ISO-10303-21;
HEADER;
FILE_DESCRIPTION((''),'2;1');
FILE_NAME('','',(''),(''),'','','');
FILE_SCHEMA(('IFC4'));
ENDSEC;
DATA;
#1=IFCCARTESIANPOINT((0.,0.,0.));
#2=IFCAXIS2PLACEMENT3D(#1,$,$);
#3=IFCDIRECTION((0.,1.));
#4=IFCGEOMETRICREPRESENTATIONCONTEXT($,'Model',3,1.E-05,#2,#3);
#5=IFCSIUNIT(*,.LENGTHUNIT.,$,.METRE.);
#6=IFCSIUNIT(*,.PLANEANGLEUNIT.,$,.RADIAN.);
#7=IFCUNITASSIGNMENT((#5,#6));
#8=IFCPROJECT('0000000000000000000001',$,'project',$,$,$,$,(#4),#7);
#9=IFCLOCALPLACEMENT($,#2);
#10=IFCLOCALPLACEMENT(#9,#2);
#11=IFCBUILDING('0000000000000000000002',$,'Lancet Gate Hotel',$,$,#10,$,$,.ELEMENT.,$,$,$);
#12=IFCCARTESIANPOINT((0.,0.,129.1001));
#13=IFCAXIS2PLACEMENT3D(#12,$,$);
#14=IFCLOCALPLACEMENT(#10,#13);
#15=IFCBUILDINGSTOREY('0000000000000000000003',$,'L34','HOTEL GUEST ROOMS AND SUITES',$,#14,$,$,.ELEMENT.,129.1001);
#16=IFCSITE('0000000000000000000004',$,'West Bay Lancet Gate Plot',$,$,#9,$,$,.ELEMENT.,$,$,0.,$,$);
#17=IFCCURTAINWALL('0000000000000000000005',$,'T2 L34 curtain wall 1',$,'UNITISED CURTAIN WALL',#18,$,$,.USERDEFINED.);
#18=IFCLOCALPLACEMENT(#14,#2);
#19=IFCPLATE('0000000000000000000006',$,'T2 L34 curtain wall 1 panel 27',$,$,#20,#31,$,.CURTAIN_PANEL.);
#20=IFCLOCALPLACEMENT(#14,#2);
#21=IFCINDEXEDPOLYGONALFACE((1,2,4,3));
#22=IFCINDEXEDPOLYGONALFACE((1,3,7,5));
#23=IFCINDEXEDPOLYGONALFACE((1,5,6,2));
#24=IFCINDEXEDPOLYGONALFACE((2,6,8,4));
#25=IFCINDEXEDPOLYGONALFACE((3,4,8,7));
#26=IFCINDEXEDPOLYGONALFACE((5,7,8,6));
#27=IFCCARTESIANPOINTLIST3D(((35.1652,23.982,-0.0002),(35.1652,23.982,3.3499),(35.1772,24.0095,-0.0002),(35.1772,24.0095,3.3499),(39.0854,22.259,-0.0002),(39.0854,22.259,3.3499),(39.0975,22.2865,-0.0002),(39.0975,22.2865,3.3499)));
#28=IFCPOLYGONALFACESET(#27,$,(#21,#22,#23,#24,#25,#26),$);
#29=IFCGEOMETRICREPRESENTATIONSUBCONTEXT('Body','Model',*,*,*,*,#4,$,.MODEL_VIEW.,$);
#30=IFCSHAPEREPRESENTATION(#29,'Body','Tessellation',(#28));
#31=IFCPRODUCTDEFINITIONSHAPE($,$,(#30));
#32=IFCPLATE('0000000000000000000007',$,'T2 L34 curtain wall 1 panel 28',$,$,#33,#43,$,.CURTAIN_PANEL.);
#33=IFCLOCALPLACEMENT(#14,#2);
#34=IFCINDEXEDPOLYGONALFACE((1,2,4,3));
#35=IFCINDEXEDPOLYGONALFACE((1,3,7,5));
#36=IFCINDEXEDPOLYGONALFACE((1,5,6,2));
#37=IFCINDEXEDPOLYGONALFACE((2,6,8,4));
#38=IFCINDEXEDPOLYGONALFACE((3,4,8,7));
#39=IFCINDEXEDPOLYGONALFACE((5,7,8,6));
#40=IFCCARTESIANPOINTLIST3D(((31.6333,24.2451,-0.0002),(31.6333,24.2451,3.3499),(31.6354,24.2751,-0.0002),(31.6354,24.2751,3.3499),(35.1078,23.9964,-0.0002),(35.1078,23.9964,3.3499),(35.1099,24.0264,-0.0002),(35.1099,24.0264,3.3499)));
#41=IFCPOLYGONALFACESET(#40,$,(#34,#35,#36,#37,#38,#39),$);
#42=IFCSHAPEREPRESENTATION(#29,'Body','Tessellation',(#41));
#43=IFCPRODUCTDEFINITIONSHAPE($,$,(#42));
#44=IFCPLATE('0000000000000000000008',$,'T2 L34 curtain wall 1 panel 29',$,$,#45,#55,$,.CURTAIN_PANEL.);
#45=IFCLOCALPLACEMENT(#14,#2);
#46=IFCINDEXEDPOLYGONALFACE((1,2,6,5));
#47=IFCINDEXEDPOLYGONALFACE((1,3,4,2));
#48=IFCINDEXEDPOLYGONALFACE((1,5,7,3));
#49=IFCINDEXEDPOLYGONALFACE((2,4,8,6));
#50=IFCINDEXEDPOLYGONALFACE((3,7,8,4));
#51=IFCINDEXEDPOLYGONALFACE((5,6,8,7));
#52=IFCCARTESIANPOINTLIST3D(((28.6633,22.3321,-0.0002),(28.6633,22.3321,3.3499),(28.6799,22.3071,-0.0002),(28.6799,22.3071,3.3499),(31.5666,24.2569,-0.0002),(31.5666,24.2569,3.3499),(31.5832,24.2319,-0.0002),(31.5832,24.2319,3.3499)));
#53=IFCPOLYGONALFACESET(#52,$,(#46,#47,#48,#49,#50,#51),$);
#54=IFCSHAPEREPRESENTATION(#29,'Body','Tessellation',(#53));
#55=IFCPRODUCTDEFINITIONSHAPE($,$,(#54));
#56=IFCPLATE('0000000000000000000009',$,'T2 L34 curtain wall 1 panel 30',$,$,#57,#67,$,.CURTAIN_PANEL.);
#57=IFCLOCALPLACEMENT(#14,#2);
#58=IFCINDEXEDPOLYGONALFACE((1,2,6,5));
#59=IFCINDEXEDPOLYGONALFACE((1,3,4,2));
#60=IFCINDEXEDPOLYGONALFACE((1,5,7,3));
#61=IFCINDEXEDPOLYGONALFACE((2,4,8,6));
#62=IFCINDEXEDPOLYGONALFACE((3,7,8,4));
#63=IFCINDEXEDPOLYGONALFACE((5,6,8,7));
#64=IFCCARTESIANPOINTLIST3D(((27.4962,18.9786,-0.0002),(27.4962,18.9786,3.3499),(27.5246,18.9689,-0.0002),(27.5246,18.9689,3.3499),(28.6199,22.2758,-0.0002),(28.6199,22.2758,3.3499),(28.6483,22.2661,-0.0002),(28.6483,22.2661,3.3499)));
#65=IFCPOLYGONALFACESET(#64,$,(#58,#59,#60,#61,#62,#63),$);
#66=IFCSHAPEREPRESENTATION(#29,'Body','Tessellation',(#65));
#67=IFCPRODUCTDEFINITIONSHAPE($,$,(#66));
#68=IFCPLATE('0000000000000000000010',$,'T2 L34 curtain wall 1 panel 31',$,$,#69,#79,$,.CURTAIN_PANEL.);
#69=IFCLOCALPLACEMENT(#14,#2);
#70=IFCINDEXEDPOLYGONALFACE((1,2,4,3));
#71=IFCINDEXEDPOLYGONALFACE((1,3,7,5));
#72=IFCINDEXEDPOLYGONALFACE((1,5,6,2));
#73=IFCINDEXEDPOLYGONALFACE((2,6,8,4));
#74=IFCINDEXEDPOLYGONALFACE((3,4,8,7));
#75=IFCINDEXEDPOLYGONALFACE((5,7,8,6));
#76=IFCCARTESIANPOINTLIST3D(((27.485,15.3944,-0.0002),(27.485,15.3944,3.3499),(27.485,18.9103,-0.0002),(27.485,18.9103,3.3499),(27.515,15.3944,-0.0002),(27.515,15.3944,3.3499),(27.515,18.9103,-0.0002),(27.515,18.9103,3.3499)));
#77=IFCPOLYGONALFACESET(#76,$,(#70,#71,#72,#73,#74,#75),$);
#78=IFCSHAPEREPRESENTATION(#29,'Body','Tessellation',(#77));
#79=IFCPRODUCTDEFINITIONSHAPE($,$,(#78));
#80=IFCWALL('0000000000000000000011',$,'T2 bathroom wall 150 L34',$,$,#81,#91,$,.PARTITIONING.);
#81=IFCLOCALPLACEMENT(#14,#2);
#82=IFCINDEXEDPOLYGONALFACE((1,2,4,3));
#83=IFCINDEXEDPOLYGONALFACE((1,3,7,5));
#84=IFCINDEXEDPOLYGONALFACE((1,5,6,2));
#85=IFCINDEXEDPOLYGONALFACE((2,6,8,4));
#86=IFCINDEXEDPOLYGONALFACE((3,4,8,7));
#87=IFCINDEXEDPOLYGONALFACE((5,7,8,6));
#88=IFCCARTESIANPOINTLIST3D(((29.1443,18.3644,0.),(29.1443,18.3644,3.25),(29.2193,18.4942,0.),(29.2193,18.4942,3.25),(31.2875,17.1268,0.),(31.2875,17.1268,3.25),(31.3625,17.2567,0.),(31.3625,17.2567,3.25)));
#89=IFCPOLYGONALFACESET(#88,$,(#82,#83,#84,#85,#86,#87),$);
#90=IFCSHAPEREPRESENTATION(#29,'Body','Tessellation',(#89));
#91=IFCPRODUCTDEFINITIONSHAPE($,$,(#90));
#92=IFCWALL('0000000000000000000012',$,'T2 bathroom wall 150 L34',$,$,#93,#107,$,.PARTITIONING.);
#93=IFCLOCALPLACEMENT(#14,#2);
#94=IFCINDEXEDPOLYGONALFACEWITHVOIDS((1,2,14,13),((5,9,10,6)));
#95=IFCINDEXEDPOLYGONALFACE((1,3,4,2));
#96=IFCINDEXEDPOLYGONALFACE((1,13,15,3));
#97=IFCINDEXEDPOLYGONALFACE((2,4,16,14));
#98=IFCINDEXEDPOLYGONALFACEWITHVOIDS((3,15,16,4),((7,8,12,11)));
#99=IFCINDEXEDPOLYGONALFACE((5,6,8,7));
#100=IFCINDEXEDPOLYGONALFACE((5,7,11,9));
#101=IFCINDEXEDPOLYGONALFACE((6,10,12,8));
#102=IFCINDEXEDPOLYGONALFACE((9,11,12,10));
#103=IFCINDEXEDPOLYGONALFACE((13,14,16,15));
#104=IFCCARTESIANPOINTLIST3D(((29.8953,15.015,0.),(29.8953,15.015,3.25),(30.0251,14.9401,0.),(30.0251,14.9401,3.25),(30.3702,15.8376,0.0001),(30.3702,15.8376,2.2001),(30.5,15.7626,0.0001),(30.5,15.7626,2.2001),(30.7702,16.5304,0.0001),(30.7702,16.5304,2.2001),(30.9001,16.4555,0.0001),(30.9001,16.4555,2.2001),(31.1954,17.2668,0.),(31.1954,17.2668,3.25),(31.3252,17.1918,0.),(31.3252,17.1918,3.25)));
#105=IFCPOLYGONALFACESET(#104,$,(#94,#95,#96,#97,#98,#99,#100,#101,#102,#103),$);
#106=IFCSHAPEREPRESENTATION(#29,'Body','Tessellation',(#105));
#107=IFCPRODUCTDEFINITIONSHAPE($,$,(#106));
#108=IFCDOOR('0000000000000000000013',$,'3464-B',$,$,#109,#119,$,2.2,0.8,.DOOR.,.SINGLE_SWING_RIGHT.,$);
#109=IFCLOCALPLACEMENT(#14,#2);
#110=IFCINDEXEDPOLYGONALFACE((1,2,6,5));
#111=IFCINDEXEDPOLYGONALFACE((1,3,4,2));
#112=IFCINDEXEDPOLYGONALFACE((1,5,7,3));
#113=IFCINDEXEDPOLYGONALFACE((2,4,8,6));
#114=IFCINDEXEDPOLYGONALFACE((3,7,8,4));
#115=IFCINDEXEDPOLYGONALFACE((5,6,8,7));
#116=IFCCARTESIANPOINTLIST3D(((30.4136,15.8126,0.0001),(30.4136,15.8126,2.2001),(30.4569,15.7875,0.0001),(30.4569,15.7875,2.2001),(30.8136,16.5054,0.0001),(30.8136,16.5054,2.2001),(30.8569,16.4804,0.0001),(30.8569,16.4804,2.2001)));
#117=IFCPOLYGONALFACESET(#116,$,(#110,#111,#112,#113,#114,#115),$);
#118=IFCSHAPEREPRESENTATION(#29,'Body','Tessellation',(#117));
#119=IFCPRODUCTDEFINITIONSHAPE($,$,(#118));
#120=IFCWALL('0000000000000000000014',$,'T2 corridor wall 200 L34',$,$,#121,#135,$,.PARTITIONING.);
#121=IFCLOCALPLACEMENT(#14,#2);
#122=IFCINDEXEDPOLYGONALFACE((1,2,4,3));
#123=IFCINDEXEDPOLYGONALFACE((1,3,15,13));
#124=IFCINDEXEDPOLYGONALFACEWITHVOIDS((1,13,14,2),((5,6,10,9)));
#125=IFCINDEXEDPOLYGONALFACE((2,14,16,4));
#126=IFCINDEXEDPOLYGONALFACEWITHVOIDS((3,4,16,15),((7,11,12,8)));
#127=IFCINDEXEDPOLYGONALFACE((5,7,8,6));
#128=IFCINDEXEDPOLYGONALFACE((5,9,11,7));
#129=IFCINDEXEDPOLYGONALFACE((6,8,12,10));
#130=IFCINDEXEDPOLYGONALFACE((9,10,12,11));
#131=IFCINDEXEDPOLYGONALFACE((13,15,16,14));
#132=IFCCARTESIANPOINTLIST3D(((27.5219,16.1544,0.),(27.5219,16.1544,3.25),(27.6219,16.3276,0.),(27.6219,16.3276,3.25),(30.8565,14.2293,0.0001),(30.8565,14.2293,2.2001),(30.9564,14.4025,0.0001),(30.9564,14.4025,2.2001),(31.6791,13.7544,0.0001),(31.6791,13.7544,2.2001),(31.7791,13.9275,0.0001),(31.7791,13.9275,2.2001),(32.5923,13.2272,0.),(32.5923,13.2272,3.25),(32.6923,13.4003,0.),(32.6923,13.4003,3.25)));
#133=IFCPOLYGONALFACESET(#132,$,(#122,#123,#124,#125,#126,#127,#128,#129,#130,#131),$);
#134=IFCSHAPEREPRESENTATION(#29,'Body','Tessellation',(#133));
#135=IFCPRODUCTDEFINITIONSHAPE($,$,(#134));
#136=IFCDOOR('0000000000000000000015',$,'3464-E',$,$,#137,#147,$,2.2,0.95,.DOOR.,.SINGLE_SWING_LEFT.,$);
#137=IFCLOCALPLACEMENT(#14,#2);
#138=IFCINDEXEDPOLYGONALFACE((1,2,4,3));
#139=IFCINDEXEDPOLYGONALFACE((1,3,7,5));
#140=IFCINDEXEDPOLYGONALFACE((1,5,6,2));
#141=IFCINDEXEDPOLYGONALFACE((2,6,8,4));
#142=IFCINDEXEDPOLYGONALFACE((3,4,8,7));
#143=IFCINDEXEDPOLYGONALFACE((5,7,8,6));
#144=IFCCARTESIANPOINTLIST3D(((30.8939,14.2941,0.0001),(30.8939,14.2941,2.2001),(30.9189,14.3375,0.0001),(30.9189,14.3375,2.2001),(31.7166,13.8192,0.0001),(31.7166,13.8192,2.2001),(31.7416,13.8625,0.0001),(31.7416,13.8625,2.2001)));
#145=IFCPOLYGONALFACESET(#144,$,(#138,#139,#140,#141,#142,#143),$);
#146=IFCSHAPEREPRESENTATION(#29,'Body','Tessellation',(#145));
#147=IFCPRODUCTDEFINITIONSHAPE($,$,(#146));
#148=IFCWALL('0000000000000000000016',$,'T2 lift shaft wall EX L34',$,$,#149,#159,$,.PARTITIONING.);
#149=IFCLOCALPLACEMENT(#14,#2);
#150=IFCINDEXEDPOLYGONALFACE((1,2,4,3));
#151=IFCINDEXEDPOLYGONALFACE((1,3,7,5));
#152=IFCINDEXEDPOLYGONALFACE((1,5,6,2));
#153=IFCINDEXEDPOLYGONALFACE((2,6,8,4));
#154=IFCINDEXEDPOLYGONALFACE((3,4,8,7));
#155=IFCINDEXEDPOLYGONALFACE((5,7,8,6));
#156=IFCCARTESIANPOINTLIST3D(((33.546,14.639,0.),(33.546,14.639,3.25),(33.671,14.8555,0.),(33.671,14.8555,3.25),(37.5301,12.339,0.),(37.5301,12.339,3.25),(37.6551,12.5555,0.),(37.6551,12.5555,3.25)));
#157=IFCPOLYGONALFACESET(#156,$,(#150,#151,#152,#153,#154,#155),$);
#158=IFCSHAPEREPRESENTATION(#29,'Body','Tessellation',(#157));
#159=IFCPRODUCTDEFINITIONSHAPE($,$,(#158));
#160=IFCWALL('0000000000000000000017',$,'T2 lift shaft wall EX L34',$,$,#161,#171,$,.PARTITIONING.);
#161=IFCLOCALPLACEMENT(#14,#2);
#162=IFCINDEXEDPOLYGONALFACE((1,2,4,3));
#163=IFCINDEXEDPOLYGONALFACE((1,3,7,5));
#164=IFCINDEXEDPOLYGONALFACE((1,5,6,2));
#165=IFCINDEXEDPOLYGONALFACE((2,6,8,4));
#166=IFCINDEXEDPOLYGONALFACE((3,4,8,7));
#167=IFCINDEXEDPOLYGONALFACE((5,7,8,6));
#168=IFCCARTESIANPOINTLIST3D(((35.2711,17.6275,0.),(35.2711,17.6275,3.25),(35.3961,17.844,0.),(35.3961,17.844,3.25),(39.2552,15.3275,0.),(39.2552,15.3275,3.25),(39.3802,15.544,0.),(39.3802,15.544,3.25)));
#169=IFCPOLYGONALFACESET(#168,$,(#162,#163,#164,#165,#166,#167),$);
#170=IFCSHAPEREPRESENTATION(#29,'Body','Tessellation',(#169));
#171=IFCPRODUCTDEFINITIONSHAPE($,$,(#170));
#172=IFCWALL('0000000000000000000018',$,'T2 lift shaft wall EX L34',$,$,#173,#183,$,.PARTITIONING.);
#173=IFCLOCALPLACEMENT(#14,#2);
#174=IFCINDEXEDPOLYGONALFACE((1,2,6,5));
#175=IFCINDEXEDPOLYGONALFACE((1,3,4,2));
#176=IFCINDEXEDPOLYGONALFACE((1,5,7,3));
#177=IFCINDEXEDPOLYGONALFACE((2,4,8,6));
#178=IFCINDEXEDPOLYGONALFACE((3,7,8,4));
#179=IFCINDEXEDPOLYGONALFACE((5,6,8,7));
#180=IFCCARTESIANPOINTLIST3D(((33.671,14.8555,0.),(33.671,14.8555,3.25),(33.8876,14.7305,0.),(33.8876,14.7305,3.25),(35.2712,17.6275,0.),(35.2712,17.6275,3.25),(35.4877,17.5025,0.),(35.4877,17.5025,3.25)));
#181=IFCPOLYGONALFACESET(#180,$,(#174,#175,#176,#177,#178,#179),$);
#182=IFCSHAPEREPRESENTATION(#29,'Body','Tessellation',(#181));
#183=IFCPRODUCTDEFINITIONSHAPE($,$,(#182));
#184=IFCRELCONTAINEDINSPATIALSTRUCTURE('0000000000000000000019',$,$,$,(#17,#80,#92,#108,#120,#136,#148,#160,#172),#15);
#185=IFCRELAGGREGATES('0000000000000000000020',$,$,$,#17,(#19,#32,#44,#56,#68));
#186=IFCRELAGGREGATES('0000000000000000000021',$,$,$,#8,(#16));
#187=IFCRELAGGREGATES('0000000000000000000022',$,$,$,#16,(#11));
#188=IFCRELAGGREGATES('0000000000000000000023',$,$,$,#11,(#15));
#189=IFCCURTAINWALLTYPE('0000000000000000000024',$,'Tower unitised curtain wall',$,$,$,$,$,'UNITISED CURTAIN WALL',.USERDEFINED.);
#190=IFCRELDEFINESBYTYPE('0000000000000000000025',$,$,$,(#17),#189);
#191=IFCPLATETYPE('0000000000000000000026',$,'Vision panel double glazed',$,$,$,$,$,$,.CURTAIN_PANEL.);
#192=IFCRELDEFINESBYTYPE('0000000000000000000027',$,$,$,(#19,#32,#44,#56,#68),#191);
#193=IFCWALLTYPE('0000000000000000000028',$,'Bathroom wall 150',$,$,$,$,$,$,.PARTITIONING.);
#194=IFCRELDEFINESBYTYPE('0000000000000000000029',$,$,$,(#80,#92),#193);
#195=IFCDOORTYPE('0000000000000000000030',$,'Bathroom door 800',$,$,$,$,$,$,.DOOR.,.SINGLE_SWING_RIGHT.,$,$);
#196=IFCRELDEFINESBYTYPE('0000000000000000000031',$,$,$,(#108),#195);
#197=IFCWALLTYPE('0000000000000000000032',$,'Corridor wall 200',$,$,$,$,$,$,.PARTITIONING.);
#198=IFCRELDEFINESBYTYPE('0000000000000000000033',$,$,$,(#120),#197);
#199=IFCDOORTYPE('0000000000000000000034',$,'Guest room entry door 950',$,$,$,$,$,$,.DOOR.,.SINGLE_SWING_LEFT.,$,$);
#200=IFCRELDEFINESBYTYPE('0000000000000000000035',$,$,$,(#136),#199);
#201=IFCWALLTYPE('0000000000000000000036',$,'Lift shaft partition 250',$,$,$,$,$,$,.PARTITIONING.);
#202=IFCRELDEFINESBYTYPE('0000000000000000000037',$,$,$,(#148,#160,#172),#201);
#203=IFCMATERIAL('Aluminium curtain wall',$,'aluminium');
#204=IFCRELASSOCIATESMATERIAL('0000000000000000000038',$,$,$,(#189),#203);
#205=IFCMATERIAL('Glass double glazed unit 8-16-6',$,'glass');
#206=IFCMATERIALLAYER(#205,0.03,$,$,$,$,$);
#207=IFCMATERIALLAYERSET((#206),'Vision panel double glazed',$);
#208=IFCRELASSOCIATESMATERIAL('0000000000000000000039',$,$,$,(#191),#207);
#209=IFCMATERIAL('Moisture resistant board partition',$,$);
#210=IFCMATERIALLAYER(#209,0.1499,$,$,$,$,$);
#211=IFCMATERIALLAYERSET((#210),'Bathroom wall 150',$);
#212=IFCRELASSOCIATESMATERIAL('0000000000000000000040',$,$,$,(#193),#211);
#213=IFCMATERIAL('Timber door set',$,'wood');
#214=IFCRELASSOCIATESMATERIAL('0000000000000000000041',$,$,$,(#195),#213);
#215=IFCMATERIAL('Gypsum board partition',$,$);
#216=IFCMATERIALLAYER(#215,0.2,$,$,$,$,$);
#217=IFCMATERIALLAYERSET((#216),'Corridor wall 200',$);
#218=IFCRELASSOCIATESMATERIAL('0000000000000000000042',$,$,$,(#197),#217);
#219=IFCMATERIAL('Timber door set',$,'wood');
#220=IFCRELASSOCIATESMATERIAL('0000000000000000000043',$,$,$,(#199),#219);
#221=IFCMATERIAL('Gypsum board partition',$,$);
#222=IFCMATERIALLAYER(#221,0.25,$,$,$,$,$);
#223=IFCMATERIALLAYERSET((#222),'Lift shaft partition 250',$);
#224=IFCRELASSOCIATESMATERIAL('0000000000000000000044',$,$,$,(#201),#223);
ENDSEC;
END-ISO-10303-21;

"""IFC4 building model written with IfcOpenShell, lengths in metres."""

from ifc_helpers import new_model, si_unit, direction, frame, frame_2d, origin, origin_2d, place, context, subcontext, project, spatial, rectangle, extrude, material, layer, layer_set, type_object, element, fill, aggregate, save


model = new_model("IFC4")

# Units and contexts
model_context = context("Model", 3, precision=1e-05, world=origin(), true_north=direction((0.0, 1.0)))
body_context = subcontext(model_context, "Body", "Model", "MODEL_VIEW")
ifc_project = project(units=[si_unit("LENGTHUNIT", "METRE"), si_unit("PLANEANGLEUNIT", "RADIAN")], contexts=[model_context])

# Site, building, storey
site_placement = place(None, origin())
site = spatial("IfcSite", under=ifc_project, at=site_placement, Name="West Bay Lancet Gate Plot", CompositionType="ELEMENT", RefElevation=0.0)
building_placement = place(site_placement, origin())
building = spatial("IfcBuilding", under=site, at=building_placement, Name="Lancet Gate Hotel", CompositionType="ELEMENT")
storey_placement = place(building_placement, frame((0.0, 0.0, 129.1001)))
storey = spatial("IfcBuildingStorey", under=building, at=storey_placement, Name="L34", Description="HOTEL GUEST ROOMS AND SUITES", CompositionType="ELEMENT", Elevation=129.1001)

# Curtain wall
ifc_material_1 = material(Name="Aluminium curtain wall", Category="aluminium")
curtain_wall_type = type_object("IfcCurtainWallType", Name="Tower unitised curtain wall", ElementType="UNITISED CURTAIN WALL", PredefinedType="USERDEFINED", material=ifc_material_1)
curtain_wall_placement = place(storey_placement, origin())
curtain_wall = element("IfcCurtainWall", 1, at=curtain_wall_placement, inside=storey, type_object=curtain_wall_type, Name="T2 L34 curtain wall 1", ObjectType="UNITISED CURTAIN WALL", PredefinedType="USERDEFINED")

# Plates
ifc_material_2 = material(Name="Glass double glazed unit 8-16-6", Category="glass")
ifc_layer_1 = layer(ifc_material_2, 0.03)
ifc_layer_set_1 = layer_set([ifc_layer_1], Name="Vision panel double glazed")
plate_type = type_object("IfcPlateType", Name="Vision panel double glazed", PredefinedType="CURTAIN_PANEL", material=ifc_layer_set_1)
plate_1_placement = place(storey_placement, frame((37.1313, 23.1343, -0.0002), z_axis=(0.0, 0.0, 1.0), x_axis=(-0.915479, 0.402367, 0.0)))
plate_1 = element("IfcPlate", 2, at=plate_1_placement, type_object=plate_type, Name="T2 L34 curtain wall 1 panel 27", PredefinedType="CURTAIN_PANEL", context=body_context, shape_type="SweptSolid", body=[
    extrude(rectangle(XDim=4.2822, YDim=0.03, at=origin_2d()), origin(), (0.0, 0.0, 1.0), 3.3501),
])
plate_2_placement = place(storey_placement, frame((33.3716, 24.1357, -0.0002), z_axis=(0.0, 0.0, 1.0), x_axis=(-0.997448, 0.07139, 0.0)))
plate_2 = element("IfcPlate", 3, at=plate_2_placement, type_object=plate_type, Name="T2 L34 curtain wall 1 panel 28", PredefinedType="CURTAIN_PANEL", context=body_context, shape_type="SweptSolid", body=[
    extrude(rectangle(XDim=3.4834, YDim=0.03, at=origin_2d()), origin(), (0.0, 0.0, 1.0), 3.3501),
])
plate_3_placement = place(storey_placement, frame((30.1233, 23.282, -0.0002), z_axis=(0.0, 0.0, 1.0), x_axis=(-0.833465, -0.552573, 0.0)))
plate_3 = element("IfcPlate", 4, at=plate_3_placement, type_object=plate_type, Name="T2 L34 curtain wall 1 panel 29", PredefinedType="CURTAIN_PANEL", context=body_context, shape_type="SweptSolid", body=[
    extrude(rectangle(XDim=3.4834, YDim=0.03, at=origin_2d()), origin(), (0.0, 0.0, 1.0), 3.3501),
])
plate_4_placement = place(storey_placement, frame((28.0723, 20.6223, -0.0002), z_axis=(0.0, 0.0, 1.0), x_axis=(-0.322576, -0.946544, 0.0)))
plate_4 = element("IfcPlate", 5, at=plate_4_placement, type_object=plate_type, Name="T2 L34 curtain wall 1 panel 30", PredefinedType="CURTAIN_PANEL", context=body_context, shape_type="SweptSolid", body=[
    extrude(rectangle(XDim=3.4834, YDim=0.03, at=origin_2d()), origin(), (0.0, 0.0, 1.0), 3.3501),
])
plate_5_placement = place(storey_placement, frame((27.5, 17.1523, -0.0002), z_axis=(0.0, 0.0, 1.0), x_axis=(0.0, -1.0, 0.0)))
plate_5 = element("IfcPlate", 6, at=plate_5_placement, type_object=plate_type, Name="T2 L34 curtain wall 1 panel 31", PredefinedType="CURTAIN_PANEL", context=body_context, shape_type="SweptSolid", body=[
    extrude(rectangle(XDim=3.5159, YDim=0.03, at=origin_2d()), origin(), (0.0, 0.0, 1.0), 3.3501),
])
aggregate(curtain_wall, [plate_1, plate_2, plate_3, plate_4, plate_5])

# Wall
ifc_material_3 = material(Name="Moisture resistant board partition")
ifc_layer_2 = layer(ifc_material_3, 0.1499)
ifc_layer_set_2 = layer_set([ifc_layer_2], Name="Bathroom wall 150")
wall_type_1 = type_object("IfcWallType", Name="Bathroom wall 150", PredefinedType="PARTITIONING", material=ifc_layer_set_2)
wall_1_placement = place(storey_placement, frame((29.1819, 18.4292, 0.0), z_axis=(0.0, 0.0, 1.0), x_axis=(0.866007, -0.500033, 0.0)))
element("IfcWall", 7, at=wall_1_placement, inside=storey, type_object=wall_type_1, Name="T2 bathroom wall 150 L34", PredefinedType="PARTITIONING", context=body_context, shape_type="SweptSolid", body=[
    extrude(rectangle(XDim=2.4749, YDim=0.1499, at=frame_2d((1.2373, 0.0))), origin(), (0.0, 0.0, 1.0), 3.25),
])

# Walls, openings, doors
wall_2_placement = place(storey_placement, frame((29.9602, 14.9775, 0.0), z_axis=(0.0, 0.0, 1.0), x_axis=(0.500007, 0.866021, 0.0)))
wall_2 = element("IfcWall", 8, at=wall_2_placement, inside=storey, type_object=wall_type_1, Name="T2 bathroom wall 150 L34", PredefinedType="PARTITIONING", context=body_context, shape_type="SweptSolid", body=[
    extrude(rectangle(XDim=2.6001, YDim=0.1499, at=frame_2d((1.3, 0.0))), origin(), (0.0, 0.0, 1.0), 3.25),
])
opening_1_placement = place(wall_2_placement, frame((0.95, 0.0, 0.0)))
opening_1 = element("IfcOpeningElement", 9, at=opening_1_placement, cuts=wall_2, PredefinedType="OPENING", context=body_context, shape_type="SweptSolid", body=[
    extrude(rectangle(XDim=0.8, YDim=2.2, at=frame_2d((0.3999, 1.1001))), frame((0.0, 0.085, 0.0), z_axis=(0.0, -1.0, 0.0), x_axis=(1.0, 0.0, 0.0)), (0.0, 0.0, 1.0), 0.1699),
])
ifc_material_4 = material(Name="Timber door set", Category="wood")
door_type_1 = type_object("IfcDoorType", Name="Bathroom door 800", OperationType="SINGLE_SWING_RIGHT", PredefinedType="DOOR", material=ifc_material_4)
door_1_placement = place(opening_1_placement, origin())
door_1 = element("IfcDoor", 10, at=door_1_placement, inside=storey, type_object=door_type_1, Name="3464-B", OperationType="SINGLE_SWING_RIGHT", OverallHeight=2.2, OverallWidth=0.8, PredefinedType="DOOR", context=body_context, shape_type="SweptSolid", body=[
    extrude(rectangle(XDim=0.8, YDim=2.2, at=frame_2d((0.3999, 1.1001))), frame((0.0, 0.0249, 0.0), z_axis=(0.0, -1.0, 0.0), x_axis=(1.0, 0.0, 0.0)), (0.0, 0.0, 1.0), 0.05),
])
fill(opening_1, door_1)
ifc_material_5 = material(Name="Gypsum board partition")
ifc_layer_3 = layer(ifc_material_5, 0.2)
ifc_layer_set_3 = layer_set([ifc_layer_3], Name="Corridor wall 200")
wall_type_2 = type_object("IfcWallType", Name="Corridor wall 200", PredefinedType="PARTITIONING", material=ifc_layer_set_3)
wall_3_placement = place(storey_placement, frame((27.572, 16.241, 0.0), z_axis=(0.0, 0.0, 1.0), x_axis=(0.866033, -0.499987, 0.0)))
wall_3 = element("IfcWall", 11, at=wall_3_placement, inside=storey, type_object=wall_type_2, Name="T2 corridor wall 200 L34", PredefinedType="PARTITIONING", context=body_context, shape_type="SweptSolid", body=[
    extrude(rectangle(XDim=5.8547, YDim=0.2, at=frame_2d((2.9272, 0.0))), origin(), (0.0, 0.0, 1.0), 3.25),
])
opening_2_placement = place(wall_3_placement, frame((3.8501, 0.0, 0.0)))
opening_2 = element("IfcOpeningElement", 12, at=opening_2_placement, cuts=wall_3, PredefinedType="OPENING", context=body_context, shape_type="SweptSolid", body=[
    extrude(rectangle(XDim=0.95, YDim=2.2, at=frame_2d((0.4751, 1.1001))), frame((0.0, 0.1099, 0.0), z_axis=(0.0, -1.0, 0.0), x_axis=(1.0, 0.0, 0.0)), (0.0, 0.0, 1.0), 0.22),
])
ifc_material_6 = material(Name="Timber door set", Category="wood")
door_type_2 = type_object("IfcDoorType", Name="Guest room entry door 950", OperationType="SINGLE_SWING_LEFT", PredefinedType="DOOR", material=ifc_material_6)
door_2_placement = place(opening_2_placement, origin())
door_2 = element("IfcDoor", 13, at=door_2_placement, inside=storey, type_object=door_type_2, Name="3464-E", OperationType="SINGLE_SWING_LEFT", OverallHeight=2.2, OverallWidth=0.95, PredefinedType="DOOR", context=body_context, shape_type="SweptSolid", body=[
    extrude(rectangle(XDim=0.95, YDim=2.2, at=frame_2d((0.4751, 1.1001))), frame((0.0, 0.0249, 0.0), z_axis=(0.0, -1.0, 0.0), x_axis=(1.0, 0.0, 0.0)), (0.0, 0.0, 1.0), 0.05),
])
fill(opening_2, door_2)

# Walls
ifc_material_7 = material(Name="Gypsum board partition")
ifc_layer_4 = layer(ifc_material_7, 0.25)
ifc_layer_set_4 = layer_set([ifc_layer_4], Name="Lift shaft partition 250")
wall_type_3 = type_object("IfcWallType", Name="Lift shaft partition 250", PredefinedType="PARTITIONING", material=ifc_layer_set_4)
for number, where, z_axis, x_axis, name in (
    (14, (33.6084, 14.7473, 0.0), (0.0, 0.0, 1.0), (0.866043, -0.499969, 0.0), "T2 lift shaft wall EX L34"),
    (15, (35.3335, 17.7358, 0.0), (0.0, 0.0, 1.0), (0.866043, -0.499969, 0.0), "T2 lift shaft wall EX L34"),
):
    element("IfcWall", number, at=place(storey_placement, frame(where, z_axis=z_axis, x_axis=x_axis)), inside=storey, type_object=wall_type_3, Name=name, PredefinedType="PARTITIONING", context=body_context, shape_type="SweptSolid", body=[
        extrude(rectangle(XDim=4.6003, YDim=0.25, at=frame_2d((2.3003, 0.0))), origin(), (0.0, 0.0, 1.0), 3.25),
    ])
wall_4_placement = place(storey_placement, frame((33.7793, 14.793, 0.0), z_axis=(0.0, 0.0, 1.0), x_axis=(0.499929, 0.866066, 0.0)))
element("IfcWall", 16, at=wall_4_placement, inside=storey, type_object=wall_type_3, Name="T2 lift shaft wall EX L34", PredefinedType="PARTITIONING", context=body_context, shape_type="SweptSolid", body=[
    extrude(rectangle(XDim=3.2007, YDim=0.25, at=frame_2d((1.6003, 0.0))), origin(), (0.0, 0.0, 1.0), 3.25),
])

save(model, "model.ifc")
